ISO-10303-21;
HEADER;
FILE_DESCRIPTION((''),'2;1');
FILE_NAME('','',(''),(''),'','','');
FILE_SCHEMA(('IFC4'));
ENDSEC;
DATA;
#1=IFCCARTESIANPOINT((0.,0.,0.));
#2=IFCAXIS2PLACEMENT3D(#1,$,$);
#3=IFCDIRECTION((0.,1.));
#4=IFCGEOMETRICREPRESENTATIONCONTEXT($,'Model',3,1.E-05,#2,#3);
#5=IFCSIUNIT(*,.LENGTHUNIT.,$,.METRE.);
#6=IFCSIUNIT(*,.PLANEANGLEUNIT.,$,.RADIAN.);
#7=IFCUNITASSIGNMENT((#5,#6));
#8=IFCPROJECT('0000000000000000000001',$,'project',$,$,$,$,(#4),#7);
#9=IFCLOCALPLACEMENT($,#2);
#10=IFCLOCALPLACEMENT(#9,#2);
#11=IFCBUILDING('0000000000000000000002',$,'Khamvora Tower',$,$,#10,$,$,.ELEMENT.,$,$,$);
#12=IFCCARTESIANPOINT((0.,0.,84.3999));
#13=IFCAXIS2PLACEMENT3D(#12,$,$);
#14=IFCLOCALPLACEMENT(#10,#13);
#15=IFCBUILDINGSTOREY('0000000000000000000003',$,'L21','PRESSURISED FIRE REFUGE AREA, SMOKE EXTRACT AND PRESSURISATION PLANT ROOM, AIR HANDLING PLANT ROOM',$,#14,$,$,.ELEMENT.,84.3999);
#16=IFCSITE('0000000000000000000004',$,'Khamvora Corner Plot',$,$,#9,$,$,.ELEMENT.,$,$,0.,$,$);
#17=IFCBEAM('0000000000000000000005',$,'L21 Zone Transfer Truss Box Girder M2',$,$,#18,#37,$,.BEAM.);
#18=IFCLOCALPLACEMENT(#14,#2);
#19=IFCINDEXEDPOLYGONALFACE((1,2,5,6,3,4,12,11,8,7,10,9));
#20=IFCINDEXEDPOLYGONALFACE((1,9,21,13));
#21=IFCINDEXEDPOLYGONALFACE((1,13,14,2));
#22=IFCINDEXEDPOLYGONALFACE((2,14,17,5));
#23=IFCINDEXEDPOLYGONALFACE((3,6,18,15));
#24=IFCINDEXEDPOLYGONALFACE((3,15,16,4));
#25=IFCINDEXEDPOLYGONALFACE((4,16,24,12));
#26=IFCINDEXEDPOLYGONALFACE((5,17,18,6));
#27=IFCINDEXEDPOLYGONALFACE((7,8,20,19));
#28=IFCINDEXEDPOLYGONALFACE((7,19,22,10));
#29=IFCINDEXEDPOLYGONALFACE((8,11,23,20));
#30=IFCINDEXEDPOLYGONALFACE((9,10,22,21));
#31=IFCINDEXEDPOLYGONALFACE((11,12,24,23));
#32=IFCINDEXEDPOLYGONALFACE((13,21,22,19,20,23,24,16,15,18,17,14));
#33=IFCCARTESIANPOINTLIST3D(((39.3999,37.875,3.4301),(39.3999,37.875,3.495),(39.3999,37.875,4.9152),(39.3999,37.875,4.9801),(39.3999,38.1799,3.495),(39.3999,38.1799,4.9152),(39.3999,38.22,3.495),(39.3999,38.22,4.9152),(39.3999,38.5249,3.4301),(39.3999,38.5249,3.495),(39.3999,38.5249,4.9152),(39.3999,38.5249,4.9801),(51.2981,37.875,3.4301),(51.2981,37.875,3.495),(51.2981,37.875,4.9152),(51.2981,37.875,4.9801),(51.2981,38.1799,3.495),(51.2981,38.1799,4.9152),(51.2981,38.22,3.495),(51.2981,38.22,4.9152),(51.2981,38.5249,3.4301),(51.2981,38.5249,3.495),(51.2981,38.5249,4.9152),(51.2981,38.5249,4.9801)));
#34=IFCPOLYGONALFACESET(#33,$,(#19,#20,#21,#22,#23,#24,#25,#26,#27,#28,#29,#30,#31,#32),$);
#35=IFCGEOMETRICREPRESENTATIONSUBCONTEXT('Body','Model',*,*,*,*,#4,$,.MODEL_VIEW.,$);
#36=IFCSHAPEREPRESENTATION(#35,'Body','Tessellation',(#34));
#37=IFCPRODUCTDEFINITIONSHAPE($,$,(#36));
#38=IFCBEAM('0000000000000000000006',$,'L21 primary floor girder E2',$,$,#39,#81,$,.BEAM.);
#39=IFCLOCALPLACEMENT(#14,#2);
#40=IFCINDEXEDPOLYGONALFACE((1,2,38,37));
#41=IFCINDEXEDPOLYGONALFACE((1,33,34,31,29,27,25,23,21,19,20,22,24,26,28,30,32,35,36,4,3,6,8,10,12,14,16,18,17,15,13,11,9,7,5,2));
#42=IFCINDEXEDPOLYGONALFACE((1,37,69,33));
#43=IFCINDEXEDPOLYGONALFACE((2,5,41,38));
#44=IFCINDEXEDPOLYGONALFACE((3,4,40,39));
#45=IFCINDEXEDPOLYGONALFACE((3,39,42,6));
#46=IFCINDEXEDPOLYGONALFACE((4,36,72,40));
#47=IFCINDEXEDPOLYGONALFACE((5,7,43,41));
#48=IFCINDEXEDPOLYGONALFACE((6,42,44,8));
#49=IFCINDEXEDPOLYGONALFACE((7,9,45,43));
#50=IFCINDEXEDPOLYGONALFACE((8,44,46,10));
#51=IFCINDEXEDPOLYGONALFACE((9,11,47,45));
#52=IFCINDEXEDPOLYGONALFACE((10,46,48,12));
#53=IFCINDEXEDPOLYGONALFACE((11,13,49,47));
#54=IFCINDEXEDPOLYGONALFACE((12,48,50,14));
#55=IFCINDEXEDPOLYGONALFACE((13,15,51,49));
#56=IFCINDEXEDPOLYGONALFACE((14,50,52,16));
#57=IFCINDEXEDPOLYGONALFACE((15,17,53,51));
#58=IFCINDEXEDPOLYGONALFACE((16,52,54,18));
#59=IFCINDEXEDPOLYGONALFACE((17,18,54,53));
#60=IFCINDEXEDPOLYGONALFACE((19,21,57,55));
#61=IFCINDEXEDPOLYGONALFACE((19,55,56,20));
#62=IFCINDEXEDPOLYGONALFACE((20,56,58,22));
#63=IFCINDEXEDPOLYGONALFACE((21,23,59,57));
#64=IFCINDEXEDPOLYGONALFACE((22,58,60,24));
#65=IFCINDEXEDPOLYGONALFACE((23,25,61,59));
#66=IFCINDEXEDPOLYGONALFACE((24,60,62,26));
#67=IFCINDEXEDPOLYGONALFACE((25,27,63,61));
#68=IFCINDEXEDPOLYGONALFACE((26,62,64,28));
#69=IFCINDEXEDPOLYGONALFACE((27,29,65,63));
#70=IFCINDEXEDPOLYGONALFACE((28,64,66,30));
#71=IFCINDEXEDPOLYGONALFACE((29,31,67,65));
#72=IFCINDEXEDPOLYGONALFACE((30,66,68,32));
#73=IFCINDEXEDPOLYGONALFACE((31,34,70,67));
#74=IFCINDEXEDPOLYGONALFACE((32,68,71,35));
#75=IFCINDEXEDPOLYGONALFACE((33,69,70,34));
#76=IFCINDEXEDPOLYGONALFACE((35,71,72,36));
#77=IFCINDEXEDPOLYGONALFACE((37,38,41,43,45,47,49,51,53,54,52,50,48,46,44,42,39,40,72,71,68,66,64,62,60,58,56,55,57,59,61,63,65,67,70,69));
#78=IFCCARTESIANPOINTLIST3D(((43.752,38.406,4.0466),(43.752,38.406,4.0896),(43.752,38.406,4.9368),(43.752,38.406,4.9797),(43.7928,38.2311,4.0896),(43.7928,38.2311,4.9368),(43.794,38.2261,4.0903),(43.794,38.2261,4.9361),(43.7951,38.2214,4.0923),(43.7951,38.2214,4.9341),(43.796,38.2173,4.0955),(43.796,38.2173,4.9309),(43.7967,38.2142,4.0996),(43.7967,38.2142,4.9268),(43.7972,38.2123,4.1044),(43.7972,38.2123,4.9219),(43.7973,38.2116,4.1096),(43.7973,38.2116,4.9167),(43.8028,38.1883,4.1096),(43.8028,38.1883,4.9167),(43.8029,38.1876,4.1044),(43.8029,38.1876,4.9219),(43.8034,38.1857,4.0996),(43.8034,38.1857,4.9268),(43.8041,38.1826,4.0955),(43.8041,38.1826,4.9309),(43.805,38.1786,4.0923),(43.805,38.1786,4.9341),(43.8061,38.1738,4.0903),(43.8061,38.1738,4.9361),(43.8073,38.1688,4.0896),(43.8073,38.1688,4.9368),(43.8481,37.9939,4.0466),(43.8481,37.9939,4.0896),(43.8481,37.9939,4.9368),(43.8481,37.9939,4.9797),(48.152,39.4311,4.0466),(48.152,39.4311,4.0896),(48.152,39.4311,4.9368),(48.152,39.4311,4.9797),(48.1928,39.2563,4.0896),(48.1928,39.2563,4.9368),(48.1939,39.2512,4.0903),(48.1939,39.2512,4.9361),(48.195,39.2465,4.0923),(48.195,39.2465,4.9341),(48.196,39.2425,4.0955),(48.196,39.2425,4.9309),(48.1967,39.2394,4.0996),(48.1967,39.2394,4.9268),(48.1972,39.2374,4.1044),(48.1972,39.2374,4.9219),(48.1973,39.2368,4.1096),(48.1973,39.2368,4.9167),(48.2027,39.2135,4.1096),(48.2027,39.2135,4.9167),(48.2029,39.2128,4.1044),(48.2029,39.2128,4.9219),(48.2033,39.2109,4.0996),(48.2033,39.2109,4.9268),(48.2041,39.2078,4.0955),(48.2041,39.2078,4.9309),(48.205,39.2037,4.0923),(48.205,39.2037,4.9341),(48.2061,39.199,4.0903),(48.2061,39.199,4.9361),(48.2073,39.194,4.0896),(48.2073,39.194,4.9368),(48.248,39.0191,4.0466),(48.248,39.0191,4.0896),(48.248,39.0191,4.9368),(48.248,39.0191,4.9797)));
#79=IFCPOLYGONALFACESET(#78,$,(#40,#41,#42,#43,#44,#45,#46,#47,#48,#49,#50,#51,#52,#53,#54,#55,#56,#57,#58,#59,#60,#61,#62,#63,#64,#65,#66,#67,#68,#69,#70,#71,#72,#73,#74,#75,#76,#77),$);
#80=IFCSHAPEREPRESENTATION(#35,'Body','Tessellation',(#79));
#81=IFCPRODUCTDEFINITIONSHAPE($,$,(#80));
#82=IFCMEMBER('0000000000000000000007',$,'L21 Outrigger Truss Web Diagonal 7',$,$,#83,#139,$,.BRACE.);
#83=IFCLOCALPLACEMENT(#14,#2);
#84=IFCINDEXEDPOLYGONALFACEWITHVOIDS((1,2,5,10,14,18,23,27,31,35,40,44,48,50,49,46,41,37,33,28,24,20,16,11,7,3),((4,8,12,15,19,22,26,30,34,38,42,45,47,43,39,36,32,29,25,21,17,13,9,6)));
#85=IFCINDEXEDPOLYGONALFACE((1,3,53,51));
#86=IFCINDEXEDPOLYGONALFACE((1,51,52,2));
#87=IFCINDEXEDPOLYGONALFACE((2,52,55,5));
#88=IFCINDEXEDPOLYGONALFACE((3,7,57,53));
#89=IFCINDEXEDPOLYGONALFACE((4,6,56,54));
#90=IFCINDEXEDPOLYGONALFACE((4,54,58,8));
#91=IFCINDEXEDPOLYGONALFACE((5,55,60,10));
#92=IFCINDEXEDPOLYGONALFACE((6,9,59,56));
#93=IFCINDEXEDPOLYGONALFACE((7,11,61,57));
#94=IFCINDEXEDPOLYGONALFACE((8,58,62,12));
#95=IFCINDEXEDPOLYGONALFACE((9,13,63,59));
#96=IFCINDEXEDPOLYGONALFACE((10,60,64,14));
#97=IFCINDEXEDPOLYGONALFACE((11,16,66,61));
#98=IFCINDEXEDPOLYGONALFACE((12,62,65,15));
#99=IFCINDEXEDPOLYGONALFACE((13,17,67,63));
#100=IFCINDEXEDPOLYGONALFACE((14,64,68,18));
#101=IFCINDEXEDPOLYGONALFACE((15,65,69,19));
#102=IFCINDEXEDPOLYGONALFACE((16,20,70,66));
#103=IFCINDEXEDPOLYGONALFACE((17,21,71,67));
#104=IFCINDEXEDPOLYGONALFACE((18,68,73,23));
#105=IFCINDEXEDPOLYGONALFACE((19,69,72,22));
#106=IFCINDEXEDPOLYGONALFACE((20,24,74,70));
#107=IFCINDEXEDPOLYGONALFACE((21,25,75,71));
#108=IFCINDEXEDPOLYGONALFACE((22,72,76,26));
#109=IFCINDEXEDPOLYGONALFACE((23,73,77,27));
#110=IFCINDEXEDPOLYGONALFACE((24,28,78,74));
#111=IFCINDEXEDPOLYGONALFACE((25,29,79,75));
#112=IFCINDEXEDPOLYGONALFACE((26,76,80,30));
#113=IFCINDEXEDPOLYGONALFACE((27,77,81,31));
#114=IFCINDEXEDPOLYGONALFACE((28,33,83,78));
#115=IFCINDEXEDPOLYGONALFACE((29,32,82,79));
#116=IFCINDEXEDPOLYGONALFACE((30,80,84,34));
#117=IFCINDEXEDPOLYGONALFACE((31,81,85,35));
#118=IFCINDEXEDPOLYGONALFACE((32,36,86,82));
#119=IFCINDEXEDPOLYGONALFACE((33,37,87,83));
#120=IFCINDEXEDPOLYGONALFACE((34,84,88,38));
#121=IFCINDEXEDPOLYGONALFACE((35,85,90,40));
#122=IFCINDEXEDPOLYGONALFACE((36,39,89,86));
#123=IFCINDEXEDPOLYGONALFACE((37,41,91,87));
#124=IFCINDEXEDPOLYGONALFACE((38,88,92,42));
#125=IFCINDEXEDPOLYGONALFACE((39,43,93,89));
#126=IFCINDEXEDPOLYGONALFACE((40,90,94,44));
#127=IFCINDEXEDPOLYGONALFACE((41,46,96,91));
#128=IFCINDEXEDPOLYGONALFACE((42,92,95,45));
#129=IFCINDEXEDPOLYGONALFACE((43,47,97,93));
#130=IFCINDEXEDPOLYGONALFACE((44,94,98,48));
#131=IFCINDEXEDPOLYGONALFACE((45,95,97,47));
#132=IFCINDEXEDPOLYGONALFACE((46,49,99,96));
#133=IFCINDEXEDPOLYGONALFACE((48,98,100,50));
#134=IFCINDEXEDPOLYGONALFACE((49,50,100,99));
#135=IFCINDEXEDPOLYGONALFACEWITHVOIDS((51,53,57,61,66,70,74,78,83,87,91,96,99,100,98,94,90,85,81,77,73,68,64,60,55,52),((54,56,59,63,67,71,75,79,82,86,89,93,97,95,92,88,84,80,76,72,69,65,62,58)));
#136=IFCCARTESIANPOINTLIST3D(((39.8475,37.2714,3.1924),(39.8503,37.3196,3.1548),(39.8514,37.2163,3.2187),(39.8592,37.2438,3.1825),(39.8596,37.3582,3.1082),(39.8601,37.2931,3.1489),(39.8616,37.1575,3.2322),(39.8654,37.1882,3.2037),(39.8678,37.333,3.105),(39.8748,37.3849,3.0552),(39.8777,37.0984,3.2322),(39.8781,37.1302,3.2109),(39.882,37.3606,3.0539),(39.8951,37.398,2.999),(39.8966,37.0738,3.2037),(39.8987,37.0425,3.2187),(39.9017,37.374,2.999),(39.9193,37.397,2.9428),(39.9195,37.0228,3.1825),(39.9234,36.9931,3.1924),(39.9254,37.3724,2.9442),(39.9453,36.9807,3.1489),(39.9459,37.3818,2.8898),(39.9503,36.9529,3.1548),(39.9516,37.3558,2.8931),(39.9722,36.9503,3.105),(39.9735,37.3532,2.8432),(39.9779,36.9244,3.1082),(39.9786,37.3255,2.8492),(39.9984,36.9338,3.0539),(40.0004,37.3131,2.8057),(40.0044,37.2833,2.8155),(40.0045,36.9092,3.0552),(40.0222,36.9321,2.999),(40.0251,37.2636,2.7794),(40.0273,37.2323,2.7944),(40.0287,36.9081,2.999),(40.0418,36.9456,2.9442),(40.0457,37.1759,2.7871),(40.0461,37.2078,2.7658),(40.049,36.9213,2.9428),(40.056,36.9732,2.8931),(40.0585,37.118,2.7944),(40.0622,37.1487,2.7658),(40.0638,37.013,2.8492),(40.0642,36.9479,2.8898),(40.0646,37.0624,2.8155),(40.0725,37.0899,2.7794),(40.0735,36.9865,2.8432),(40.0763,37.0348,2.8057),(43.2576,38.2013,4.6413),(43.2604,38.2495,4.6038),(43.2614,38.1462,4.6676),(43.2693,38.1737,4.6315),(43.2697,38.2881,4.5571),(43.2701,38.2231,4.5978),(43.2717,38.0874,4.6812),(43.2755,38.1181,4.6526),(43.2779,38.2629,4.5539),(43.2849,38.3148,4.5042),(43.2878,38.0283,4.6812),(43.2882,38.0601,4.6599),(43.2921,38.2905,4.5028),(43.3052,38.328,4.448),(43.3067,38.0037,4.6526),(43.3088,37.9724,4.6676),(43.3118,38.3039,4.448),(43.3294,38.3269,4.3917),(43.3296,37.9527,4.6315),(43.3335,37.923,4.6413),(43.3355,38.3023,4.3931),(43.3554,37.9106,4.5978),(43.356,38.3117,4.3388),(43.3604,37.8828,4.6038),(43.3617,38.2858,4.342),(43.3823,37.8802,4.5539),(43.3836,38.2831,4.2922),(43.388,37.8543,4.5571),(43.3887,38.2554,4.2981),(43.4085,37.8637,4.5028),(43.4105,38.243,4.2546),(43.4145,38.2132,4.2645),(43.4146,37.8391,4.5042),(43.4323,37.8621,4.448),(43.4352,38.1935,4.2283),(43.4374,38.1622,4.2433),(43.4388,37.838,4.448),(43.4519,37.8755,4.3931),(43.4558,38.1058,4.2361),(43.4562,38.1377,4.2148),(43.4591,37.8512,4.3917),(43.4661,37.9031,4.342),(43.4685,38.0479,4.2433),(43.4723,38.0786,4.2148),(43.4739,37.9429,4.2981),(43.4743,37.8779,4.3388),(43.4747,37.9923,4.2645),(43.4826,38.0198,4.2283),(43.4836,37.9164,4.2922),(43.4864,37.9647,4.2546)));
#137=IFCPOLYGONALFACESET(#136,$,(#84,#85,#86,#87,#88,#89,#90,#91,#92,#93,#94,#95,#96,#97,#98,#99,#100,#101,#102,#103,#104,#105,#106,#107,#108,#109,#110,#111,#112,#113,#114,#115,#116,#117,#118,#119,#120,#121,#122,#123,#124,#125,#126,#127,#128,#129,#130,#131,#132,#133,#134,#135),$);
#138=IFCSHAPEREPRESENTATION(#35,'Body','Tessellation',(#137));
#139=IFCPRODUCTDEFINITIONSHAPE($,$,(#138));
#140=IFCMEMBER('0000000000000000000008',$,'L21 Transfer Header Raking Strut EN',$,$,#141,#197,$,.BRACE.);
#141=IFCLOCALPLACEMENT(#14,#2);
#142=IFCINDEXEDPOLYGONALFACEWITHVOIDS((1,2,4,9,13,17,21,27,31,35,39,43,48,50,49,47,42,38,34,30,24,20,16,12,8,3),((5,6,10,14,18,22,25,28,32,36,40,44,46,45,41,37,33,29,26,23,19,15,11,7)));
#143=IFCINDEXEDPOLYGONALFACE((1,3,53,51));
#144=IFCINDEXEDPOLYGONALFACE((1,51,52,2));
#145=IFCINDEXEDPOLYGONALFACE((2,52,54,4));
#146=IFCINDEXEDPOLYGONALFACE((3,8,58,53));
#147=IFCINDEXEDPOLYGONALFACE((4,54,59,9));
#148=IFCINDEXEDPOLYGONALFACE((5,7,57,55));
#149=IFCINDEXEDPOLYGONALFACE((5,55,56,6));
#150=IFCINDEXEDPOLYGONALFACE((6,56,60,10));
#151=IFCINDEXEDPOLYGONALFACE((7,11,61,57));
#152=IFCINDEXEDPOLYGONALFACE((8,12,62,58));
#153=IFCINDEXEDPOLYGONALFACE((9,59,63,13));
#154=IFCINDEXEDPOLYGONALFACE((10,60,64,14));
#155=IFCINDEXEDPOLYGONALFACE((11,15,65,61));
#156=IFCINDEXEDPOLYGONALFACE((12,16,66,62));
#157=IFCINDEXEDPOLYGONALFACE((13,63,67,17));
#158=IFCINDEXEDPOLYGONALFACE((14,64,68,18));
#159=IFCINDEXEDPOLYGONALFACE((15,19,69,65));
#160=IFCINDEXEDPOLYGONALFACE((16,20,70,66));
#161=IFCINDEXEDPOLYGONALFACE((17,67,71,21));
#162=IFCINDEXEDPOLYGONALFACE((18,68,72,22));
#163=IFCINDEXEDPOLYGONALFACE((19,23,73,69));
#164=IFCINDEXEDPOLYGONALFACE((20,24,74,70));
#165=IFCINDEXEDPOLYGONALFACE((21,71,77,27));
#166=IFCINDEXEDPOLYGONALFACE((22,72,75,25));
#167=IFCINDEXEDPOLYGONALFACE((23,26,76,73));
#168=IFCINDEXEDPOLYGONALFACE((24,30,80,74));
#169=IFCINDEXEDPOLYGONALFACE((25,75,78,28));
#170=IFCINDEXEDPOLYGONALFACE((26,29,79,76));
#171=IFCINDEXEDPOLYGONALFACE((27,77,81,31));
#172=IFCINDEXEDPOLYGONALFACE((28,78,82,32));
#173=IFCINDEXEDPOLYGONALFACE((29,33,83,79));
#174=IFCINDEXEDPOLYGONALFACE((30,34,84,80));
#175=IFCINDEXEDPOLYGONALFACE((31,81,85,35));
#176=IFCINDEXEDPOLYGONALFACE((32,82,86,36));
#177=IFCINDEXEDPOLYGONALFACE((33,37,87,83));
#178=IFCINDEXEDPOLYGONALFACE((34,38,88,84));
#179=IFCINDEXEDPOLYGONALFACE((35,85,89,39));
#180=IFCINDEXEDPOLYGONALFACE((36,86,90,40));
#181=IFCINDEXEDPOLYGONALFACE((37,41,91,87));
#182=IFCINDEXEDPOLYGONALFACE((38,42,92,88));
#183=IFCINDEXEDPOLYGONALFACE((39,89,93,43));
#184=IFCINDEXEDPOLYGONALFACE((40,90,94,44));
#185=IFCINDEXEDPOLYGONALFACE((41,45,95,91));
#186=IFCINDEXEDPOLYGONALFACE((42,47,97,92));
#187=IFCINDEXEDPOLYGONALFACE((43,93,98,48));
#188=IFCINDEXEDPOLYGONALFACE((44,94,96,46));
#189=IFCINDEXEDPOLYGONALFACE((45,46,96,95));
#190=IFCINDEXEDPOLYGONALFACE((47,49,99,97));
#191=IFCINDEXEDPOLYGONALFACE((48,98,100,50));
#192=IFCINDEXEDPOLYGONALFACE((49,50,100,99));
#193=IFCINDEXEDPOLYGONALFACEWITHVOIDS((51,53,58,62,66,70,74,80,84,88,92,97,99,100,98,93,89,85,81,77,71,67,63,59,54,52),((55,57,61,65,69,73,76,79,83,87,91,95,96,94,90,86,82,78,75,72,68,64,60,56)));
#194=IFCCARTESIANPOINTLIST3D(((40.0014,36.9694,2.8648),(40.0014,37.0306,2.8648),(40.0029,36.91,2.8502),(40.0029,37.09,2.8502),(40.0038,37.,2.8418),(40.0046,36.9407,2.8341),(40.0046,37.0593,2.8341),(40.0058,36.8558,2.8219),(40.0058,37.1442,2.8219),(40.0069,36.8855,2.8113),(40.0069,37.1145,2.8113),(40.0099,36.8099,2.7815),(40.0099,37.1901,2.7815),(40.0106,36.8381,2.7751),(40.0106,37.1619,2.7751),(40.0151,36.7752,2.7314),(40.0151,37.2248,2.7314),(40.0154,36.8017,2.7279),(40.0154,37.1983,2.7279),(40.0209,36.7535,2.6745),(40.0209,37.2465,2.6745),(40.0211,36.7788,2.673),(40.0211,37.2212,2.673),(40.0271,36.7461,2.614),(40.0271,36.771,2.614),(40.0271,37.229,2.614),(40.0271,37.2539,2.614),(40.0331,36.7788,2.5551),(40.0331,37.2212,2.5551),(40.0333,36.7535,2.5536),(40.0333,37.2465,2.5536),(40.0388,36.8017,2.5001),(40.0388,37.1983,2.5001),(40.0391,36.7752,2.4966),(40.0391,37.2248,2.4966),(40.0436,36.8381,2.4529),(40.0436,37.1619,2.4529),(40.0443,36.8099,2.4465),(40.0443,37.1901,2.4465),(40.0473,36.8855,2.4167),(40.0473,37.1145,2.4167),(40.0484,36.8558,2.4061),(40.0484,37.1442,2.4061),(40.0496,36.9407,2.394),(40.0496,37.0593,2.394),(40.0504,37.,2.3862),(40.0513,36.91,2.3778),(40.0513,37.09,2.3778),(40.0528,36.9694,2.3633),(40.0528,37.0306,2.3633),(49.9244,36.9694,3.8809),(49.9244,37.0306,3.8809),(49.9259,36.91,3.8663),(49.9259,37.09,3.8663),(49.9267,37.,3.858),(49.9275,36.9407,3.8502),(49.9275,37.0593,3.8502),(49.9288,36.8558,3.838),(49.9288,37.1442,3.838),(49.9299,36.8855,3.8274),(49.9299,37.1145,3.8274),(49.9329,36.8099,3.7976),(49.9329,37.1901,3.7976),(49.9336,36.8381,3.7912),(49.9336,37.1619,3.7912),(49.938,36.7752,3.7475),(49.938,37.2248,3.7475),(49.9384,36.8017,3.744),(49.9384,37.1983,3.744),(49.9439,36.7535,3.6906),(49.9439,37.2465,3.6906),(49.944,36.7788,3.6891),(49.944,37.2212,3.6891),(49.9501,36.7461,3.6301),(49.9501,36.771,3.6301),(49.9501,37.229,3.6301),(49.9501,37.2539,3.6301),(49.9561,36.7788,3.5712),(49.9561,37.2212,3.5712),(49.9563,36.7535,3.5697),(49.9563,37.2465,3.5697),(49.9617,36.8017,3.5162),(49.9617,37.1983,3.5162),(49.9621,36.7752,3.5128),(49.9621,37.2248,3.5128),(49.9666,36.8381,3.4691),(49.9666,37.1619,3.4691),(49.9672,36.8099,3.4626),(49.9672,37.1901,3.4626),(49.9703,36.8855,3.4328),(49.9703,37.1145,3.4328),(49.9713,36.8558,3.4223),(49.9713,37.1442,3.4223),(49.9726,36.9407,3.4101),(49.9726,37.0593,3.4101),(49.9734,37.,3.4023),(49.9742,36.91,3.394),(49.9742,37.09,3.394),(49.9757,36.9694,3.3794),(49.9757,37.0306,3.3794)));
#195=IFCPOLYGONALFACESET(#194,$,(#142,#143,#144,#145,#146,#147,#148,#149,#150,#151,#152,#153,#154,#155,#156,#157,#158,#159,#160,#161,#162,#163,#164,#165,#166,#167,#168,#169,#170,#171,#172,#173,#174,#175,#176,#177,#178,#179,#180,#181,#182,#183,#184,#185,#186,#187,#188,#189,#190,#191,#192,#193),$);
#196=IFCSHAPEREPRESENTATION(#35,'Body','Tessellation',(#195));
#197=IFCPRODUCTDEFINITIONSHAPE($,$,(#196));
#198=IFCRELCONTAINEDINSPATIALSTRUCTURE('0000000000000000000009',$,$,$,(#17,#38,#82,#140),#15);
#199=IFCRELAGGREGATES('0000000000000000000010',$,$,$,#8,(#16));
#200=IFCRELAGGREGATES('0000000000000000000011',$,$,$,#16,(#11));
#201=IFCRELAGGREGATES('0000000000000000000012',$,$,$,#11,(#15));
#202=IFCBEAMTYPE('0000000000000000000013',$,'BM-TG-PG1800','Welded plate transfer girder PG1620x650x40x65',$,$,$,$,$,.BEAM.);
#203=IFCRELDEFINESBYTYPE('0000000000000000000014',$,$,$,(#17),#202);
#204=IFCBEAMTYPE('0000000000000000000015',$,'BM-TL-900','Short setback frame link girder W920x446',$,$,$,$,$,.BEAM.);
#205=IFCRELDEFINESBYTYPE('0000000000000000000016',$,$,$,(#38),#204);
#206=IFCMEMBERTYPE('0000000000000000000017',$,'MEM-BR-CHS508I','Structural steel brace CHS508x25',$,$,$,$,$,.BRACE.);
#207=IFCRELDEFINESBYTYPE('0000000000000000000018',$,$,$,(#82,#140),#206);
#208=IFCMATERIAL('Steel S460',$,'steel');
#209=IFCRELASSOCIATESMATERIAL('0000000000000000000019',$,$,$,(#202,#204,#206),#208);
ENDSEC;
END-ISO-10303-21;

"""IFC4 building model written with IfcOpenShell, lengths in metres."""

from ifc_helpers import new_model, si_unit, direction, frame, origin, origin_2d, place, context, subcontext, project, spatial, hollow_circle, i_section, extrude, material, material_profile, profile_set, type_object, element, save


model = new_model("IFC4")

# Units and contexts
model_context = context("Model", 3, precision=1e-05, world=origin(), true_north=direction((0.0, 1.0)))
body_context = subcontext(model_context, "Body", "Model", "MODEL_VIEW")
ifc_project = project(units=[si_unit("LENGTHUNIT", "METRE"), si_unit("PLANEANGLEUNIT", "RADIAN")], contexts=[model_context])

# Site, building, storey
site_placement = place(None, origin())
site = spatial("IfcSite", under=ifc_project, at=site_placement, Name="Khamvora Corner Plot", CompositionType="ELEMENT", RefElevation=0.0)
building_placement = place(site_placement, origin())
building = spatial("IfcBuilding", under=site, at=building_placement, Name="Khamvora Tower", CompositionType="ELEMENT")
storey_placement = place(building_placement, frame((0.0, 0.0, 84.3999)))
storey = spatial("IfcBuildingStorey", under=building, at=storey_placement, Name="L21", Description="PRESSURISED FIRE REFUGE AREA, SMOKE EXTRACT AND PRESSURISATION PLANT ROOM, AIR HANDLING PLANT ROOM", CompositionType="ELEMENT", Elevation=84.3999)

# Beams
ifc_material_1 = material(Name="Steel S460", Category="steel")
ifc_material_profile_1 = material_profile(ifc_material_1, i_section(OverallWidth=0.6499, OverallDepth=1.55, WebThickness=0.04, FlangeThickness=0.0649, at=origin_2d()), Name="PG1550x650x40x65")
ifc_profile_set_1 = profile_set([ifc_material_profile_1], Name="Steel S460")
beam_type_1 = type_object("IfcBeamType", Name="BM-TG-PG1800", Description="Welded plate transfer girder PG1620x650x40x65", PredefinedType="BEAM", material=ifc_profile_set_1)
beam_1_placement = place(storey_placement, frame((39.3999, 38.2, 4.2051), z_axis=(1.0, 0.0, 0.0), x_axis=(0.0, 1.0, 0.0)))
element("IfcBeam", 1, at=beam_1_placement, inside=storey, type_object=beam_type_1, Name="L21 Zone Transfer Truss Box Girder M2", PredefinedType="BEAM", context=body_context, shape_type="SweptSolid", body=[
    extrude(i_section(OverallWidth=0.6499, OverallDepth=1.55, WebThickness=0.04, FlangeThickness=0.0649, at=origin_2d()), origin(), (0.0, 0.0, 1.0), 11.8982),
])
ifc_material_profile_2 = material_profile(ifc_material_1, i_section(OverallWidth=0.4231, OverallDepth=0.9331, WebThickness=0.0239, FlangeThickness=0.043, FilletRadius=0.02, at=origin_2d()), Name="W920x446")
ifc_profile_set_2 = profile_set([ifc_material_profile_2], Name="Steel S460")
beam_type_2 = type_object("IfcBeamType", Name="BM-TL-900", Description="Short setback frame link girder W920x446", PredefinedType="BEAM", material=ifc_profile_set_2)
beam_2_placement = place(storey_placement, frame((43.8, 38.2, 4.5132), z_axis=(0.973915, 0.226915, 0.0), x_axis=(-0.226915, 0.973915, 0.0)))
element("IfcBeam", 2, at=beam_2_placement, inside=storey, type_object=beam_type_2, Name="L21 primary floor girder E2", PredefinedType="BEAM", context=body_context, shape_type="SweptSolid", body=[
    extrude(i_section(OverallWidth=0.4231, OverallDepth=0.9331, WebThickness=0.0239, FlangeThickness=0.043, FilletRadius=0.02, at=origin_2d()), origin(), (0.0, 0.0, 1.0), 4.5178),
])

# Members
ifc_material_profile_3 = material_profile(ifc_material_1, hollow_circle(Radius=0.2539, WallThickness=0.0249, at=origin_2d()), Name="CHS508x25")
ifc_profile_set_3 = profile_set([ifc_material_profile_3], Name="Steel S460")
member_type_1 = type_object("IfcMemberType", Name="MEM-BR-CHS508I", Description="Structural steel brace CHS508x25", PredefinedType="BRACE", material=ifc_profile_set_3)
member_1_placement = place(storey_placement, frame((39.9619, 37.1531, 2.999), z_axis=(0.892678, 0.243429, 0.379299), x_axis=(-0.263088, 0.964772, 0.0)))
element("IfcMember", 3, at=member_1_placement, inside=storey, type_object=member_type_1, Name="L21 Outrigger Truss Web Diagonal 7", PredefinedType="BRACE", context=body_context, shape_type="SweptSolid", body=[
    extrude(hollow_circle(Radius=0.2539, WallThickness=0.0249, at=origin_2d()), origin(), (0.0, 0.0, 1.0), 3.8201),
])
member_2_placement = place(storey_placement, frame((40.0271, 37.0, 2.614), z_axis=(0.994798, 0.0, 0.101869), x_axis=(0.0, 1.0, 0.0)))
element("IfcMember", 4, at=member_2_placement, inside=storey, type_object=member_type_1, Name="L21 Transfer Header Raking Strut EN", PredefinedType="BRACE", context=body_context, shape_type="SweptSolid", body=[
    extrude(hollow_circle(Radius=0.2539, WallThickness=0.0249, at=origin_2d()), origin(), (0.0, 0.0, 1.0), 9.9749),
])

save(model, "model.ifc")
